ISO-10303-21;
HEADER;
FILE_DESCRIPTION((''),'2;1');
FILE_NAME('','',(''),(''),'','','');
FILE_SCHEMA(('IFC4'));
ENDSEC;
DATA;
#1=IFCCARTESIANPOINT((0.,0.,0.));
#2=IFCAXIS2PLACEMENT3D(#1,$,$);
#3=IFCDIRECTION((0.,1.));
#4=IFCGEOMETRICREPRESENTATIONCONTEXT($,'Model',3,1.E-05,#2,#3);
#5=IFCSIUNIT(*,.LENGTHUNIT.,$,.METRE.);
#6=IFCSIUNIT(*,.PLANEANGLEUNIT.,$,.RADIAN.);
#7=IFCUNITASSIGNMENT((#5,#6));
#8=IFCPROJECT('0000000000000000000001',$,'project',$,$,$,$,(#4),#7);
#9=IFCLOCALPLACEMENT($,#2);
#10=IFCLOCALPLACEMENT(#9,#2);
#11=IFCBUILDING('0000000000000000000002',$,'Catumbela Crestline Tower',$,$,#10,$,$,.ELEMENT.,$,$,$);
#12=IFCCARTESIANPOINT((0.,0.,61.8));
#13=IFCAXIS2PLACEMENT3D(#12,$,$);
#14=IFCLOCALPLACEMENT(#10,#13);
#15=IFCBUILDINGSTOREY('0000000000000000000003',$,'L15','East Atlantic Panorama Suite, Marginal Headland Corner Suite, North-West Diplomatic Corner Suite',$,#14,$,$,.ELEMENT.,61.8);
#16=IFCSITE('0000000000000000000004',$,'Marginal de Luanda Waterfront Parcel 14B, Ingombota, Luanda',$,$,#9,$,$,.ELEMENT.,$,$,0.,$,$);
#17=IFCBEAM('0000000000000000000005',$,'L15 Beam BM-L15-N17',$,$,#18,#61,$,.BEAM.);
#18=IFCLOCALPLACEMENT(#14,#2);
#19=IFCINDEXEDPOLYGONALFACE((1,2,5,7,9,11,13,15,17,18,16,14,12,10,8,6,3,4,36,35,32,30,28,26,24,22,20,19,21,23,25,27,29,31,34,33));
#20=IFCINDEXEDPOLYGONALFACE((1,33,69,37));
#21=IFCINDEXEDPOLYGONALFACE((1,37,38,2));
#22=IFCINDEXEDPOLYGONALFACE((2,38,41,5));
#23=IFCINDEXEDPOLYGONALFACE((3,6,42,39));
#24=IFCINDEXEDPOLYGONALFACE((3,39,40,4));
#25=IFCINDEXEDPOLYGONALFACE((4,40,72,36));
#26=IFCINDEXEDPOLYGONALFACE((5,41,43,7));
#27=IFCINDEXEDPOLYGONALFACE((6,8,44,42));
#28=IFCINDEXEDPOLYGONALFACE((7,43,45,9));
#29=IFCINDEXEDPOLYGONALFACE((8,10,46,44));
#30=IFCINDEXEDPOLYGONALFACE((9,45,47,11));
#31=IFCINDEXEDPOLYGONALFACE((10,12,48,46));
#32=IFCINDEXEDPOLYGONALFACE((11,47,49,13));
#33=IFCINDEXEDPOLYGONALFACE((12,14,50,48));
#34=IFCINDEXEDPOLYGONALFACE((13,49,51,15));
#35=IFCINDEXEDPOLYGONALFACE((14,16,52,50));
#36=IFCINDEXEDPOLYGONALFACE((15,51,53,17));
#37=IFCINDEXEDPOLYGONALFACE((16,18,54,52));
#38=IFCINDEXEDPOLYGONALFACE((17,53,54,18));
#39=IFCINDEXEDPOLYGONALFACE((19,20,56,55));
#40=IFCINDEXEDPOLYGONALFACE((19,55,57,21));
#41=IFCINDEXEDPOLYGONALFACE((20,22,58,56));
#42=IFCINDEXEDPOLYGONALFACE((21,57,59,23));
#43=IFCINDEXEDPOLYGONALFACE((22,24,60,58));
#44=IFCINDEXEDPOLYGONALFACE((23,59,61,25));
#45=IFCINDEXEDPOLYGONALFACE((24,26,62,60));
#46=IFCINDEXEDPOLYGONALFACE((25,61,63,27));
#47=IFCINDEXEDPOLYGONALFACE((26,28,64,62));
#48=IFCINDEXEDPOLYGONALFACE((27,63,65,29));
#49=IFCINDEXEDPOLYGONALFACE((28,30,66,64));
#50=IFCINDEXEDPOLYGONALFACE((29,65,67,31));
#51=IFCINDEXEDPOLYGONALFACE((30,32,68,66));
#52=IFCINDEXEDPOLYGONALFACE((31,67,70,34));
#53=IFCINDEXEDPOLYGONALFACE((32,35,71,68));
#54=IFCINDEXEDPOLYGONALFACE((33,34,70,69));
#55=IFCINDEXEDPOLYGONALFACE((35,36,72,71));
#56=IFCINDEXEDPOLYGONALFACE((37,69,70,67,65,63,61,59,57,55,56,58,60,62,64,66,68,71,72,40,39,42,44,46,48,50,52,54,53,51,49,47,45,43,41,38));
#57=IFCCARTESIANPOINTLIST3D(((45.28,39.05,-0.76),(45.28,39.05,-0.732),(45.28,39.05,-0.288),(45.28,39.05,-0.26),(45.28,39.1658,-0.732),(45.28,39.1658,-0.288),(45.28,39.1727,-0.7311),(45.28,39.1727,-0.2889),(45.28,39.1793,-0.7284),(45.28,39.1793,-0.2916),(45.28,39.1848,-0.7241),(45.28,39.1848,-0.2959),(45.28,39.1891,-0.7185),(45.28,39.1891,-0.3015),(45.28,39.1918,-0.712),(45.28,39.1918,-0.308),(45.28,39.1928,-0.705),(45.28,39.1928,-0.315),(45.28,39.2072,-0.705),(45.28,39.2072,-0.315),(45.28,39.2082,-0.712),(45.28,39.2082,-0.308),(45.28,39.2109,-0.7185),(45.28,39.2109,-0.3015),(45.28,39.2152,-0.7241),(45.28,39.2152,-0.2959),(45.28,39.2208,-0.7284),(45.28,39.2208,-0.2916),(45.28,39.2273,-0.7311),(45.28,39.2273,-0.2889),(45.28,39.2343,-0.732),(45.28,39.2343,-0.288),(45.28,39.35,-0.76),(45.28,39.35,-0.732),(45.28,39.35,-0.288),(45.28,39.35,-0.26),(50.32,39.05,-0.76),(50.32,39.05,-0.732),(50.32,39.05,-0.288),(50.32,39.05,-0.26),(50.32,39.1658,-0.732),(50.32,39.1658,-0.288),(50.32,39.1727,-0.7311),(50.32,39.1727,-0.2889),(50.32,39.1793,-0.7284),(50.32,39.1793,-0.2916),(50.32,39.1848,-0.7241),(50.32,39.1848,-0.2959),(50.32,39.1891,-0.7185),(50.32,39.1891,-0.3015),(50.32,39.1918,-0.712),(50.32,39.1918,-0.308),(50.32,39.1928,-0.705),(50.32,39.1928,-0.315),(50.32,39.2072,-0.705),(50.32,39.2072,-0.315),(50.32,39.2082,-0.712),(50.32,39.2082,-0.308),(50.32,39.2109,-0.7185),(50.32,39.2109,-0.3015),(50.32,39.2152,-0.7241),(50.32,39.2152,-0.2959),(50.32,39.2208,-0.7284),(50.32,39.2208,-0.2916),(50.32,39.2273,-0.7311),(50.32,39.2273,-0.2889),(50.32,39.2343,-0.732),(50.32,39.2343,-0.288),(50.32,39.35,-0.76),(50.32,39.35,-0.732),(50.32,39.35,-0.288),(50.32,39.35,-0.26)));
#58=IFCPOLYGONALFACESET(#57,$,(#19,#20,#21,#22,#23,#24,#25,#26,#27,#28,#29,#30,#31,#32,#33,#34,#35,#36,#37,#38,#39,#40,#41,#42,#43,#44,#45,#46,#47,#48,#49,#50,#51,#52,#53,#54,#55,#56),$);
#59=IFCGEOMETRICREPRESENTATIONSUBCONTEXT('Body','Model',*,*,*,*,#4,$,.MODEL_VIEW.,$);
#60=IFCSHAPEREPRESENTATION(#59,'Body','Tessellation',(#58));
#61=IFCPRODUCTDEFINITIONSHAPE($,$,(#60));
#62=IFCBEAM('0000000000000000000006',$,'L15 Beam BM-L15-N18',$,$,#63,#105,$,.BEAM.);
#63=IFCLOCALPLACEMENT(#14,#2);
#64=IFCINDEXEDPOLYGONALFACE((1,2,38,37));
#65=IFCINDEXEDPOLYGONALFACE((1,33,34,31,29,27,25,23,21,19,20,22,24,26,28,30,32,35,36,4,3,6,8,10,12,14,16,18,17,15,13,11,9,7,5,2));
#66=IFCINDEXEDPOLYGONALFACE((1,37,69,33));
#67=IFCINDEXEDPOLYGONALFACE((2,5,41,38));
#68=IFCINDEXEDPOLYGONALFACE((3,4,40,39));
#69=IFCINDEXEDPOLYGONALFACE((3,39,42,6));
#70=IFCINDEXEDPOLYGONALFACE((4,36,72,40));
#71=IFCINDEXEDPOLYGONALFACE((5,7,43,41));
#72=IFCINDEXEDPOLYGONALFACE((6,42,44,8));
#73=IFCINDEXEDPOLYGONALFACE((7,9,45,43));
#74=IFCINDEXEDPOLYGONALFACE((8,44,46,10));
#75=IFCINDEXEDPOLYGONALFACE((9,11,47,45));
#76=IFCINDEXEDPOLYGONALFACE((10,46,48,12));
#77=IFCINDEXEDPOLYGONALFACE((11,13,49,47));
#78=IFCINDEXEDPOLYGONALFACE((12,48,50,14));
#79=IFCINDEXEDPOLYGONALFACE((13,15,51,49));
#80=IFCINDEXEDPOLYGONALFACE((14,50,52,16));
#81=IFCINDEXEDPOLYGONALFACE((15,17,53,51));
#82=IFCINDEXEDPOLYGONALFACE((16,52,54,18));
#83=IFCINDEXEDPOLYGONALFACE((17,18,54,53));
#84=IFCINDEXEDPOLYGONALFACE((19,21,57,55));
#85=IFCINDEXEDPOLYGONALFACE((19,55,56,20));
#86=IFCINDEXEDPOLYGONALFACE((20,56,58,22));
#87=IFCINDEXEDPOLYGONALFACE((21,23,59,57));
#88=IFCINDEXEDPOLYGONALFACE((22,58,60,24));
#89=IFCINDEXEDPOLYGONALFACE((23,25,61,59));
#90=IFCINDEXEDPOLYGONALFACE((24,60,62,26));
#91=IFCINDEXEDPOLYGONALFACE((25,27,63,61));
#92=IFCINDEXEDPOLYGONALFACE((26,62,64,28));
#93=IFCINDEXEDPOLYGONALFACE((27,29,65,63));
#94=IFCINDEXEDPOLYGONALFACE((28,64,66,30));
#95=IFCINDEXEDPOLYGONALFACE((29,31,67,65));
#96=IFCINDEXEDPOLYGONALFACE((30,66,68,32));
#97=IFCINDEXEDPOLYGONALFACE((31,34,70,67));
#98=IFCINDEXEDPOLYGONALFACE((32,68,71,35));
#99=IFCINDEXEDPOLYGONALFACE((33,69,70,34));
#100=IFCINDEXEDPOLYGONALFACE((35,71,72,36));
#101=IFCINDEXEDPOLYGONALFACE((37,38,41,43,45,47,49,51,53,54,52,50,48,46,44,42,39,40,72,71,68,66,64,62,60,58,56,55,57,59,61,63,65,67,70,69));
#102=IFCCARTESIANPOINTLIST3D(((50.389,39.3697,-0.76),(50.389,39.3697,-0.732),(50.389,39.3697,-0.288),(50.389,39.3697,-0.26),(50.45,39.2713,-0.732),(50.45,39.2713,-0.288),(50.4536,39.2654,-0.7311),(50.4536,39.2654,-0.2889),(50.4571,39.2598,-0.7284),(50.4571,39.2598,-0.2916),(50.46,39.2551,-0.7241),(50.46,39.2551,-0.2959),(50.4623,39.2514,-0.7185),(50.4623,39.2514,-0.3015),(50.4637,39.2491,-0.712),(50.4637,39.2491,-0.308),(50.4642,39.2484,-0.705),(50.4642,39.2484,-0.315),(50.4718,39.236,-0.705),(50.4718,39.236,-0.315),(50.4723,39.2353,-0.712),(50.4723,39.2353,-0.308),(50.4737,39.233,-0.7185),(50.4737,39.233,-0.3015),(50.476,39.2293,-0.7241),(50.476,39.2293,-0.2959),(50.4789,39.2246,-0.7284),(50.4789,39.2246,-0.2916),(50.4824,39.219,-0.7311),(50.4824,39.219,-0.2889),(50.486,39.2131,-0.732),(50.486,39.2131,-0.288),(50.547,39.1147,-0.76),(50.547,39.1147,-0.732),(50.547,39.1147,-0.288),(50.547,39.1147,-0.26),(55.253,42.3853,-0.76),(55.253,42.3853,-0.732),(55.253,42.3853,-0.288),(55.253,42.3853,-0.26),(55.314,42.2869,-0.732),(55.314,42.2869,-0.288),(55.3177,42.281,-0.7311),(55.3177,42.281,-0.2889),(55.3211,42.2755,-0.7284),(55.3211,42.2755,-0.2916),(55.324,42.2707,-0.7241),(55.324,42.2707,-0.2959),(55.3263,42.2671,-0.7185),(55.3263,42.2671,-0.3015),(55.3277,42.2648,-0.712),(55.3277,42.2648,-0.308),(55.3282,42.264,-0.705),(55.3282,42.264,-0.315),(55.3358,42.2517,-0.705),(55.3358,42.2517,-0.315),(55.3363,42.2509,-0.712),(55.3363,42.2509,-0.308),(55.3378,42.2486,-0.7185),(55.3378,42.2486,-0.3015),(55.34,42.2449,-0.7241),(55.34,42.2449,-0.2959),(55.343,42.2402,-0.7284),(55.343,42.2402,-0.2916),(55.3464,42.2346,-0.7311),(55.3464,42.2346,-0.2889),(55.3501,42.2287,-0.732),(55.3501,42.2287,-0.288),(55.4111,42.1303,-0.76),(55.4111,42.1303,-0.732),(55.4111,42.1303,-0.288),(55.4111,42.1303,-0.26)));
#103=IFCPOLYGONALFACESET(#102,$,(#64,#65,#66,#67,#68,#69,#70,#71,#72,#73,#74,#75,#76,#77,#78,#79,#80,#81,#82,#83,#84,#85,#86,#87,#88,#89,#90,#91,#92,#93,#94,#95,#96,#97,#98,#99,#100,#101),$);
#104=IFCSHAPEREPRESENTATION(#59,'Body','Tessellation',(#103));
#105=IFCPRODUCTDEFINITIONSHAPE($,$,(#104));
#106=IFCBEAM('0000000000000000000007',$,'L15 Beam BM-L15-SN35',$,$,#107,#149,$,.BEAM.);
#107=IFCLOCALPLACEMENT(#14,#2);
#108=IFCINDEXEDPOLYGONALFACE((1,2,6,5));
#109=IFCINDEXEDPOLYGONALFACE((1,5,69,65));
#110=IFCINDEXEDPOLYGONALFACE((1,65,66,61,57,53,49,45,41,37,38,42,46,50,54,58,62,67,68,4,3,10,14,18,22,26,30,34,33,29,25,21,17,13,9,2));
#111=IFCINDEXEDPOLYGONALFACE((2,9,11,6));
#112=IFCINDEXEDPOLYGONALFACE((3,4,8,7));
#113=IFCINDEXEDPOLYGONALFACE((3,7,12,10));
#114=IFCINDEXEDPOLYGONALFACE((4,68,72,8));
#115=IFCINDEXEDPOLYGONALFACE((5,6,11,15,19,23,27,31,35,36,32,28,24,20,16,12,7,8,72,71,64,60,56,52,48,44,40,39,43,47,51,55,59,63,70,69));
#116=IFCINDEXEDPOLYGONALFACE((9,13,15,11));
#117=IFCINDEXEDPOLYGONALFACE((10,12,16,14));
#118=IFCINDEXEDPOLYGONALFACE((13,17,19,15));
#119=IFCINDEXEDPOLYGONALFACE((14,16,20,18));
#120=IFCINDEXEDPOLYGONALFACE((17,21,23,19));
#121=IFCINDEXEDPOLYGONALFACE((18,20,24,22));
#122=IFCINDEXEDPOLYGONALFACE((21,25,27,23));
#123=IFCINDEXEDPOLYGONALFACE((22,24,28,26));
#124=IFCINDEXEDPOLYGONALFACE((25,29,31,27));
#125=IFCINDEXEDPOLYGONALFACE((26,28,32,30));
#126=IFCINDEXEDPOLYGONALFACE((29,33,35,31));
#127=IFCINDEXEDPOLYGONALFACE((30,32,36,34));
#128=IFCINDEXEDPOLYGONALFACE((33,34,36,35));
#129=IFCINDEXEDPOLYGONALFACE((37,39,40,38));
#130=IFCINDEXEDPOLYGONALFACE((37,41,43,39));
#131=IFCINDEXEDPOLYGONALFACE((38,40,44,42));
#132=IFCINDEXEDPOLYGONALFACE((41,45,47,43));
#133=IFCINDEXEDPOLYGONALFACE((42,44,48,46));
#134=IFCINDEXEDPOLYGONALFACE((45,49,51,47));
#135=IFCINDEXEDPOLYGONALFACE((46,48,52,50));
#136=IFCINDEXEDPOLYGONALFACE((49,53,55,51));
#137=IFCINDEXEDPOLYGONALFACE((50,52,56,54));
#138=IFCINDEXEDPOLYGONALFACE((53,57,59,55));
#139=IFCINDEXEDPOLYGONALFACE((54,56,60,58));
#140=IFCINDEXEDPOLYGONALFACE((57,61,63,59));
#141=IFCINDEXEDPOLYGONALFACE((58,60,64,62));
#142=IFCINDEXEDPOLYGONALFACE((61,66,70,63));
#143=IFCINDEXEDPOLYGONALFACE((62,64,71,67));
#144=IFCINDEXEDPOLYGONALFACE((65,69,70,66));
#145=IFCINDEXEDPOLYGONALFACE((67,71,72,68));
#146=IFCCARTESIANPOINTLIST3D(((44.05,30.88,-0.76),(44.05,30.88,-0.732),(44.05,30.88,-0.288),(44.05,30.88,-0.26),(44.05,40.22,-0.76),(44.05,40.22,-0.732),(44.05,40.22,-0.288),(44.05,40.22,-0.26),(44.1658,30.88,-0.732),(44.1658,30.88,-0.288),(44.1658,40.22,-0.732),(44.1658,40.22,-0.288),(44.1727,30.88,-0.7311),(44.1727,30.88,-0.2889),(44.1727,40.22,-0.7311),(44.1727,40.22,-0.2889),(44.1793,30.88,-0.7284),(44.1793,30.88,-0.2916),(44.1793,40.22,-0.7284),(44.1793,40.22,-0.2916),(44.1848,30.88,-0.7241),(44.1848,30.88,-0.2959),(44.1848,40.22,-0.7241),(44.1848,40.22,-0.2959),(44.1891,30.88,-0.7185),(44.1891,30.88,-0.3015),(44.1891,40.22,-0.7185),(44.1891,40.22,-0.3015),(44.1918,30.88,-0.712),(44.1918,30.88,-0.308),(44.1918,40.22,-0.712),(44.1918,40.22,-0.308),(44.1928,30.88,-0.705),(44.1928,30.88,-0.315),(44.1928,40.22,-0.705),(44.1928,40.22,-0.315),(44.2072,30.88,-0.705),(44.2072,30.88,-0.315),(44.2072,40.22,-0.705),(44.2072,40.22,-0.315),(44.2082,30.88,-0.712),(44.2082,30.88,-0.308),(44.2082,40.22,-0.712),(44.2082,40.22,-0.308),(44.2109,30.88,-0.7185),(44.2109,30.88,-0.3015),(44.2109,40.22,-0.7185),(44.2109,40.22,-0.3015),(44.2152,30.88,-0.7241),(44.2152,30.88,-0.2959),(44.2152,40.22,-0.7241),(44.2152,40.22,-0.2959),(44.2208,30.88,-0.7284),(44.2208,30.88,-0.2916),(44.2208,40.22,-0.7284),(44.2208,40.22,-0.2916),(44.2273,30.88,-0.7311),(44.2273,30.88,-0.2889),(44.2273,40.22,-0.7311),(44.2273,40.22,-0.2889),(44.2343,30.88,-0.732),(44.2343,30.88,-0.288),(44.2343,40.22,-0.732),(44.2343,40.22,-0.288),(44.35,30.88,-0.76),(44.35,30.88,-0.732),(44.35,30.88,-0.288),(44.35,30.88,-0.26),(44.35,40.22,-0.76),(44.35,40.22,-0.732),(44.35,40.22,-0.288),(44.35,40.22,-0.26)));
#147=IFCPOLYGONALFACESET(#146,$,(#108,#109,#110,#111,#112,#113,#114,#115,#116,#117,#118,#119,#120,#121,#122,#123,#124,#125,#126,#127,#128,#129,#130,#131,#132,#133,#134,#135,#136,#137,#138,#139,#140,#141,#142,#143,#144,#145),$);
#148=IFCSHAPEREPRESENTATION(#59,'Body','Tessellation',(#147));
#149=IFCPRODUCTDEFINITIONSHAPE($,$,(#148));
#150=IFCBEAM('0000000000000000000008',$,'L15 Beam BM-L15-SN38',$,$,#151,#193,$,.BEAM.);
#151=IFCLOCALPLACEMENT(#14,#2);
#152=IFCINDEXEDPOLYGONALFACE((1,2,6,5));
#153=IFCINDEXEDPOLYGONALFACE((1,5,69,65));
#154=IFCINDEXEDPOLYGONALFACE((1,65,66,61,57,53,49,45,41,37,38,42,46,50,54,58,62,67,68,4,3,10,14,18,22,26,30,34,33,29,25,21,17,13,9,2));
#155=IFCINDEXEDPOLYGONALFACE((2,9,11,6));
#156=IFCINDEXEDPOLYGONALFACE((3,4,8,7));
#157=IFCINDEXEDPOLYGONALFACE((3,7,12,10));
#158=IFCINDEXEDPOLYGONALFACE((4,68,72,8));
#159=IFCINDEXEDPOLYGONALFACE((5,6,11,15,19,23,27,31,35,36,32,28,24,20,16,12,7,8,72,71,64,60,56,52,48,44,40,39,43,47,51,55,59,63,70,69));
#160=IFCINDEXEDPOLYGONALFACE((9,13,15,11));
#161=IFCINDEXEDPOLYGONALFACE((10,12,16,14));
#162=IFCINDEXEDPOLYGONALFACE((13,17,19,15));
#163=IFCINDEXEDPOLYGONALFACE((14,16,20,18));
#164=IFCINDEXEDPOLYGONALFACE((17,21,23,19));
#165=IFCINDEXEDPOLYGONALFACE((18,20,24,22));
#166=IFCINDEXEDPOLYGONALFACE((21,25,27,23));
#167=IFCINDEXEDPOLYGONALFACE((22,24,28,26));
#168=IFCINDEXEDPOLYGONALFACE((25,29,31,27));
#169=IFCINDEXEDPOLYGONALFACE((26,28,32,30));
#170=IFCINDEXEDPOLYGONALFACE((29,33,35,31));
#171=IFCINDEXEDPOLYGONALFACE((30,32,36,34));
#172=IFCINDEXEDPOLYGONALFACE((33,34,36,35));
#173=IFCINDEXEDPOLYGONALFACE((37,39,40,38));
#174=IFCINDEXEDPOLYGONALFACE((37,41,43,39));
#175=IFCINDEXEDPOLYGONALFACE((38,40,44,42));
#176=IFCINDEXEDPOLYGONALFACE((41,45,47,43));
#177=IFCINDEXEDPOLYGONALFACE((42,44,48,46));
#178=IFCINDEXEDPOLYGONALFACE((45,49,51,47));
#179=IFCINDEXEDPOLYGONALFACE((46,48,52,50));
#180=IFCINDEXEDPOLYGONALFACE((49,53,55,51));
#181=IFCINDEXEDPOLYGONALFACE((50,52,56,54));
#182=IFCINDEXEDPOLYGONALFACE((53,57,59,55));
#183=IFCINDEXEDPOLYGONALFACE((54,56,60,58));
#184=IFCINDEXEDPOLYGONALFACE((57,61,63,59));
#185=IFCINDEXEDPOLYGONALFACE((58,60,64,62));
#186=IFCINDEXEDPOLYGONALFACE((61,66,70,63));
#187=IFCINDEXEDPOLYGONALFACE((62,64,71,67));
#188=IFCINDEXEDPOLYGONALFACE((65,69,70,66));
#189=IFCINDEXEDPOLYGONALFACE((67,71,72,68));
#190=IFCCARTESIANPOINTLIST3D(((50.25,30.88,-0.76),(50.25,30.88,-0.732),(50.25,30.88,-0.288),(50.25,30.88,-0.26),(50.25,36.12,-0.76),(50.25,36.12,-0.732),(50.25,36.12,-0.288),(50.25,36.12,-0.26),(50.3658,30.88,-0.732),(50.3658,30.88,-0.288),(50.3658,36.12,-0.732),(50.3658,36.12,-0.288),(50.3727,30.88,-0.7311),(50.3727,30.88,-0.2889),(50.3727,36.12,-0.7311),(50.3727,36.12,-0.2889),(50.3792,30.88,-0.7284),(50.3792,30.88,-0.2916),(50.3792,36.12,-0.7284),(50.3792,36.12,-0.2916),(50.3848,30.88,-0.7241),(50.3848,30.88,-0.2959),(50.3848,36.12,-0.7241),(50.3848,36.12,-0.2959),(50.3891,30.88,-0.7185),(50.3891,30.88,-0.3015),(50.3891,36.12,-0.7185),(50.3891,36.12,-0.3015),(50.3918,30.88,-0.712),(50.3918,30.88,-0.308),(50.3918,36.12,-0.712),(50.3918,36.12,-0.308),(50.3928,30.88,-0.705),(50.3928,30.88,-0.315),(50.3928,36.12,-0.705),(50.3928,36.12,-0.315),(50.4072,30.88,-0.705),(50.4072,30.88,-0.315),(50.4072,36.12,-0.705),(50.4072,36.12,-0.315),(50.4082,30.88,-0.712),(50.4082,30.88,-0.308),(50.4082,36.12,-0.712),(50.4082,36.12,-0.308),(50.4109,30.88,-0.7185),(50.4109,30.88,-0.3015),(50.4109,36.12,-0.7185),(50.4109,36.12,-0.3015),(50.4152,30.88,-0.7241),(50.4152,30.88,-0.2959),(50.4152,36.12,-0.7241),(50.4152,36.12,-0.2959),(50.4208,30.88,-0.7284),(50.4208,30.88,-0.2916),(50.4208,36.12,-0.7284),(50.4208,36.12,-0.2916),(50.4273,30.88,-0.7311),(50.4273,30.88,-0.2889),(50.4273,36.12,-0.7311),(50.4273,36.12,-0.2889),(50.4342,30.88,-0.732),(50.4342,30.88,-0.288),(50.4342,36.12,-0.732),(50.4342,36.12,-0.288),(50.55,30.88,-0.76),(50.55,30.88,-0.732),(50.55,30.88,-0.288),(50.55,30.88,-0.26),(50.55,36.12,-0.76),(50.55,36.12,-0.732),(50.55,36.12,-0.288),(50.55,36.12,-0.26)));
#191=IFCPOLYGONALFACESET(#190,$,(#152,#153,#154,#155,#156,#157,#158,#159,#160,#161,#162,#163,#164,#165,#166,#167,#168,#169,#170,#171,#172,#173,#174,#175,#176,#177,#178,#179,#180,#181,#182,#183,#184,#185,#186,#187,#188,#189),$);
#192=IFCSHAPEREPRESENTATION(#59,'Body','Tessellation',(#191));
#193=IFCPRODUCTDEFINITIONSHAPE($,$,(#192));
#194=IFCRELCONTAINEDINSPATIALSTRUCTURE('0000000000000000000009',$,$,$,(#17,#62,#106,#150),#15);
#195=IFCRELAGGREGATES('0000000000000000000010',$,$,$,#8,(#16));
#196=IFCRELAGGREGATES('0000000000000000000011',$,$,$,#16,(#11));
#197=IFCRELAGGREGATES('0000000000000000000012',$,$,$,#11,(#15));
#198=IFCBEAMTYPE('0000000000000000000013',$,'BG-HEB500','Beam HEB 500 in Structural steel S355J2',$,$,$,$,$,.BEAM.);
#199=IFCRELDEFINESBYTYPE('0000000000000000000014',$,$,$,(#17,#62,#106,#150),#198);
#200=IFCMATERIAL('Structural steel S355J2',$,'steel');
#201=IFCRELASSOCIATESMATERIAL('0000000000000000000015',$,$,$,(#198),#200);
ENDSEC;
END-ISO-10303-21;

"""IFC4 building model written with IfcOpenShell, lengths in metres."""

from ifc_helpers import new_model, si_unit, direction, frame, origin, origin_2d, place, context, subcontext, project, spatial, i_section, extrude, material, material_profile, profile_set, type_object, element, save


model = new_model("IFC4")

# Units and contexts
model_context = context("Model", 3, precision=1e-05, world=origin(), true_north=direction((0.0, 1.0)))
body_context = subcontext(model_context, "Body", "Model", "MODEL_VIEW")
ifc_project = project(units=[si_unit("LENGTHUNIT", "METRE"), si_unit("PLANEANGLEUNIT", "RADIAN")], contexts=[model_context])

# Site, building, storey
site_placement = place(None, origin())
site = spatial("IfcSite", under=ifc_project, at=site_placement, Name="Marginal de Luanda Waterfront Parcel 14B, Ingombota, Luanda", CompositionType="ELEMENT", RefElevation=0.0)
building_placement = place(site_placement, origin())
building = spatial("IfcBuilding", under=site, at=building_placement, Name="Catumbela Crestline Tower", CompositionType="ELEMENT")
storey_placement = place(building_placement, frame((0.0, 0.0, 61.8)))
storey = spatial("IfcBuildingStorey", under=building, at=storey_placement, Name="L15", Description="East Atlantic Panorama Suite, Marginal Headland Corner Suite, North-West Diplomatic Corner Suite", CompositionType="ELEMENT", Elevation=61.8)

# Beams
ifc_material_1 = material(Name="Structural steel S355J2", Category="steel")
ifc_material_profile_1 = material_profile(ifc_material_1, i_section(OverallWidth=0.3, OverallDepth=0.5, WebThickness=0.0145, FlangeThickness=0.028, FilletRadius=0.027, at=origin_2d()), Name="HEB 500")
ifc_profile_set_1 = profile_set([ifc_material_profile_1], Name="Structural steel S355J2")
beam_type_1 = type_object("IfcBeamType", Name="BG-HEB500", Description="Beam HEB 500 in Structural steel S355J2", PredefinedType="BEAM", material=ifc_profile_set_1)
beam_1_placement = place(storey_placement, frame((45.28, 39.2, -0.51), z_axis=(1.0, 0.0, 0.0), x_axis=(0.0, 1.0, 0.0)))
element("IfcBeam", 1, at=beam_1_placement, inside=storey, type_object=beam_type_1, Name="L15 Beam BM-L15-N17", PredefinedType="BEAM", context=body_context, shape_type="SweptSolid", body=[
    extrude(i_section(OverallWidth=0.3, OverallDepth=0.5, WebThickness=0.0145, FlangeThickness=0.028, FilletRadius=0.027, at=origin_2d()), origin(), (0.0, 0.0, 1.0), 5.04),
])
beam_2_placement = place(storey_placement, frame((50.468, 39.2422, -0.51), z_axis=(0.849909, 0.52693, 0.0), x_axis=(-0.52693, 0.849909, 0.0)))
element("IfcBeam", 2, at=beam_2_placement, inside=storey, type_object=beam_type_1, Name="L15 Beam BM-L15-N18", PredefinedType="BEAM", context=body_context, shape_type="SweptSolid", body=[
    extrude(i_section(OverallWidth=0.3, OverallDepth=0.5, WebThickness=0.0145, FlangeThickness=0.028, FilletRadius=0.027, at=origin_2d()), origin(), (0.0, 0.0, 1.0), 5.723),
])
beam_3_placement = place(storey_placement, frame((44.2, 30.88, -0.51), z_axis=(0.0, 1.0, 0.0), x_axis=(-1.0, 0.0, 0.0)))
element("IfcBeam", 3, at=beam_3_placement, inside=storey, type_object=beam_type_1, Name="L15 Beam BM-L15-SN35", PredefinedType="BEAM", context=body_context, shape_type="SweptSolid", body=[
    extrude(i_section(OverallWidth=0.3, OverallDepth=0.5, WebThickness=0.0145, FlangeThickness=0.028, FilletRadius=0.027, at=origin_2d()), origin(), (0.0, 0.0, 1.0), 9.34),
])
beam_4_placement = place(storey_placement, frame((50.4, 30.88, -0.51), z_axis=(0.0, 1.0, 0.0), x_axis=(-1.0, 0.0, 0.0)))
element("IfcBeam", 4, at=beam_4_placement, inside=storey, type_object=beam_type_1, Name="L15 Beam BM-L15-SN38", PredefinedType="BEAM", context=body_context, shape_type="SweptSolid", body=[
    extrude(i_section(OverallWidth=0.3, OverallDepth=0.5, WebThickness=0.0145, FlangeThickness=0.028, FilletRadius=0.027, at=origin_2d()), origin(), (0.0, 0.0, 1.0), 5.24),
])

save(model, "model.ifc")
